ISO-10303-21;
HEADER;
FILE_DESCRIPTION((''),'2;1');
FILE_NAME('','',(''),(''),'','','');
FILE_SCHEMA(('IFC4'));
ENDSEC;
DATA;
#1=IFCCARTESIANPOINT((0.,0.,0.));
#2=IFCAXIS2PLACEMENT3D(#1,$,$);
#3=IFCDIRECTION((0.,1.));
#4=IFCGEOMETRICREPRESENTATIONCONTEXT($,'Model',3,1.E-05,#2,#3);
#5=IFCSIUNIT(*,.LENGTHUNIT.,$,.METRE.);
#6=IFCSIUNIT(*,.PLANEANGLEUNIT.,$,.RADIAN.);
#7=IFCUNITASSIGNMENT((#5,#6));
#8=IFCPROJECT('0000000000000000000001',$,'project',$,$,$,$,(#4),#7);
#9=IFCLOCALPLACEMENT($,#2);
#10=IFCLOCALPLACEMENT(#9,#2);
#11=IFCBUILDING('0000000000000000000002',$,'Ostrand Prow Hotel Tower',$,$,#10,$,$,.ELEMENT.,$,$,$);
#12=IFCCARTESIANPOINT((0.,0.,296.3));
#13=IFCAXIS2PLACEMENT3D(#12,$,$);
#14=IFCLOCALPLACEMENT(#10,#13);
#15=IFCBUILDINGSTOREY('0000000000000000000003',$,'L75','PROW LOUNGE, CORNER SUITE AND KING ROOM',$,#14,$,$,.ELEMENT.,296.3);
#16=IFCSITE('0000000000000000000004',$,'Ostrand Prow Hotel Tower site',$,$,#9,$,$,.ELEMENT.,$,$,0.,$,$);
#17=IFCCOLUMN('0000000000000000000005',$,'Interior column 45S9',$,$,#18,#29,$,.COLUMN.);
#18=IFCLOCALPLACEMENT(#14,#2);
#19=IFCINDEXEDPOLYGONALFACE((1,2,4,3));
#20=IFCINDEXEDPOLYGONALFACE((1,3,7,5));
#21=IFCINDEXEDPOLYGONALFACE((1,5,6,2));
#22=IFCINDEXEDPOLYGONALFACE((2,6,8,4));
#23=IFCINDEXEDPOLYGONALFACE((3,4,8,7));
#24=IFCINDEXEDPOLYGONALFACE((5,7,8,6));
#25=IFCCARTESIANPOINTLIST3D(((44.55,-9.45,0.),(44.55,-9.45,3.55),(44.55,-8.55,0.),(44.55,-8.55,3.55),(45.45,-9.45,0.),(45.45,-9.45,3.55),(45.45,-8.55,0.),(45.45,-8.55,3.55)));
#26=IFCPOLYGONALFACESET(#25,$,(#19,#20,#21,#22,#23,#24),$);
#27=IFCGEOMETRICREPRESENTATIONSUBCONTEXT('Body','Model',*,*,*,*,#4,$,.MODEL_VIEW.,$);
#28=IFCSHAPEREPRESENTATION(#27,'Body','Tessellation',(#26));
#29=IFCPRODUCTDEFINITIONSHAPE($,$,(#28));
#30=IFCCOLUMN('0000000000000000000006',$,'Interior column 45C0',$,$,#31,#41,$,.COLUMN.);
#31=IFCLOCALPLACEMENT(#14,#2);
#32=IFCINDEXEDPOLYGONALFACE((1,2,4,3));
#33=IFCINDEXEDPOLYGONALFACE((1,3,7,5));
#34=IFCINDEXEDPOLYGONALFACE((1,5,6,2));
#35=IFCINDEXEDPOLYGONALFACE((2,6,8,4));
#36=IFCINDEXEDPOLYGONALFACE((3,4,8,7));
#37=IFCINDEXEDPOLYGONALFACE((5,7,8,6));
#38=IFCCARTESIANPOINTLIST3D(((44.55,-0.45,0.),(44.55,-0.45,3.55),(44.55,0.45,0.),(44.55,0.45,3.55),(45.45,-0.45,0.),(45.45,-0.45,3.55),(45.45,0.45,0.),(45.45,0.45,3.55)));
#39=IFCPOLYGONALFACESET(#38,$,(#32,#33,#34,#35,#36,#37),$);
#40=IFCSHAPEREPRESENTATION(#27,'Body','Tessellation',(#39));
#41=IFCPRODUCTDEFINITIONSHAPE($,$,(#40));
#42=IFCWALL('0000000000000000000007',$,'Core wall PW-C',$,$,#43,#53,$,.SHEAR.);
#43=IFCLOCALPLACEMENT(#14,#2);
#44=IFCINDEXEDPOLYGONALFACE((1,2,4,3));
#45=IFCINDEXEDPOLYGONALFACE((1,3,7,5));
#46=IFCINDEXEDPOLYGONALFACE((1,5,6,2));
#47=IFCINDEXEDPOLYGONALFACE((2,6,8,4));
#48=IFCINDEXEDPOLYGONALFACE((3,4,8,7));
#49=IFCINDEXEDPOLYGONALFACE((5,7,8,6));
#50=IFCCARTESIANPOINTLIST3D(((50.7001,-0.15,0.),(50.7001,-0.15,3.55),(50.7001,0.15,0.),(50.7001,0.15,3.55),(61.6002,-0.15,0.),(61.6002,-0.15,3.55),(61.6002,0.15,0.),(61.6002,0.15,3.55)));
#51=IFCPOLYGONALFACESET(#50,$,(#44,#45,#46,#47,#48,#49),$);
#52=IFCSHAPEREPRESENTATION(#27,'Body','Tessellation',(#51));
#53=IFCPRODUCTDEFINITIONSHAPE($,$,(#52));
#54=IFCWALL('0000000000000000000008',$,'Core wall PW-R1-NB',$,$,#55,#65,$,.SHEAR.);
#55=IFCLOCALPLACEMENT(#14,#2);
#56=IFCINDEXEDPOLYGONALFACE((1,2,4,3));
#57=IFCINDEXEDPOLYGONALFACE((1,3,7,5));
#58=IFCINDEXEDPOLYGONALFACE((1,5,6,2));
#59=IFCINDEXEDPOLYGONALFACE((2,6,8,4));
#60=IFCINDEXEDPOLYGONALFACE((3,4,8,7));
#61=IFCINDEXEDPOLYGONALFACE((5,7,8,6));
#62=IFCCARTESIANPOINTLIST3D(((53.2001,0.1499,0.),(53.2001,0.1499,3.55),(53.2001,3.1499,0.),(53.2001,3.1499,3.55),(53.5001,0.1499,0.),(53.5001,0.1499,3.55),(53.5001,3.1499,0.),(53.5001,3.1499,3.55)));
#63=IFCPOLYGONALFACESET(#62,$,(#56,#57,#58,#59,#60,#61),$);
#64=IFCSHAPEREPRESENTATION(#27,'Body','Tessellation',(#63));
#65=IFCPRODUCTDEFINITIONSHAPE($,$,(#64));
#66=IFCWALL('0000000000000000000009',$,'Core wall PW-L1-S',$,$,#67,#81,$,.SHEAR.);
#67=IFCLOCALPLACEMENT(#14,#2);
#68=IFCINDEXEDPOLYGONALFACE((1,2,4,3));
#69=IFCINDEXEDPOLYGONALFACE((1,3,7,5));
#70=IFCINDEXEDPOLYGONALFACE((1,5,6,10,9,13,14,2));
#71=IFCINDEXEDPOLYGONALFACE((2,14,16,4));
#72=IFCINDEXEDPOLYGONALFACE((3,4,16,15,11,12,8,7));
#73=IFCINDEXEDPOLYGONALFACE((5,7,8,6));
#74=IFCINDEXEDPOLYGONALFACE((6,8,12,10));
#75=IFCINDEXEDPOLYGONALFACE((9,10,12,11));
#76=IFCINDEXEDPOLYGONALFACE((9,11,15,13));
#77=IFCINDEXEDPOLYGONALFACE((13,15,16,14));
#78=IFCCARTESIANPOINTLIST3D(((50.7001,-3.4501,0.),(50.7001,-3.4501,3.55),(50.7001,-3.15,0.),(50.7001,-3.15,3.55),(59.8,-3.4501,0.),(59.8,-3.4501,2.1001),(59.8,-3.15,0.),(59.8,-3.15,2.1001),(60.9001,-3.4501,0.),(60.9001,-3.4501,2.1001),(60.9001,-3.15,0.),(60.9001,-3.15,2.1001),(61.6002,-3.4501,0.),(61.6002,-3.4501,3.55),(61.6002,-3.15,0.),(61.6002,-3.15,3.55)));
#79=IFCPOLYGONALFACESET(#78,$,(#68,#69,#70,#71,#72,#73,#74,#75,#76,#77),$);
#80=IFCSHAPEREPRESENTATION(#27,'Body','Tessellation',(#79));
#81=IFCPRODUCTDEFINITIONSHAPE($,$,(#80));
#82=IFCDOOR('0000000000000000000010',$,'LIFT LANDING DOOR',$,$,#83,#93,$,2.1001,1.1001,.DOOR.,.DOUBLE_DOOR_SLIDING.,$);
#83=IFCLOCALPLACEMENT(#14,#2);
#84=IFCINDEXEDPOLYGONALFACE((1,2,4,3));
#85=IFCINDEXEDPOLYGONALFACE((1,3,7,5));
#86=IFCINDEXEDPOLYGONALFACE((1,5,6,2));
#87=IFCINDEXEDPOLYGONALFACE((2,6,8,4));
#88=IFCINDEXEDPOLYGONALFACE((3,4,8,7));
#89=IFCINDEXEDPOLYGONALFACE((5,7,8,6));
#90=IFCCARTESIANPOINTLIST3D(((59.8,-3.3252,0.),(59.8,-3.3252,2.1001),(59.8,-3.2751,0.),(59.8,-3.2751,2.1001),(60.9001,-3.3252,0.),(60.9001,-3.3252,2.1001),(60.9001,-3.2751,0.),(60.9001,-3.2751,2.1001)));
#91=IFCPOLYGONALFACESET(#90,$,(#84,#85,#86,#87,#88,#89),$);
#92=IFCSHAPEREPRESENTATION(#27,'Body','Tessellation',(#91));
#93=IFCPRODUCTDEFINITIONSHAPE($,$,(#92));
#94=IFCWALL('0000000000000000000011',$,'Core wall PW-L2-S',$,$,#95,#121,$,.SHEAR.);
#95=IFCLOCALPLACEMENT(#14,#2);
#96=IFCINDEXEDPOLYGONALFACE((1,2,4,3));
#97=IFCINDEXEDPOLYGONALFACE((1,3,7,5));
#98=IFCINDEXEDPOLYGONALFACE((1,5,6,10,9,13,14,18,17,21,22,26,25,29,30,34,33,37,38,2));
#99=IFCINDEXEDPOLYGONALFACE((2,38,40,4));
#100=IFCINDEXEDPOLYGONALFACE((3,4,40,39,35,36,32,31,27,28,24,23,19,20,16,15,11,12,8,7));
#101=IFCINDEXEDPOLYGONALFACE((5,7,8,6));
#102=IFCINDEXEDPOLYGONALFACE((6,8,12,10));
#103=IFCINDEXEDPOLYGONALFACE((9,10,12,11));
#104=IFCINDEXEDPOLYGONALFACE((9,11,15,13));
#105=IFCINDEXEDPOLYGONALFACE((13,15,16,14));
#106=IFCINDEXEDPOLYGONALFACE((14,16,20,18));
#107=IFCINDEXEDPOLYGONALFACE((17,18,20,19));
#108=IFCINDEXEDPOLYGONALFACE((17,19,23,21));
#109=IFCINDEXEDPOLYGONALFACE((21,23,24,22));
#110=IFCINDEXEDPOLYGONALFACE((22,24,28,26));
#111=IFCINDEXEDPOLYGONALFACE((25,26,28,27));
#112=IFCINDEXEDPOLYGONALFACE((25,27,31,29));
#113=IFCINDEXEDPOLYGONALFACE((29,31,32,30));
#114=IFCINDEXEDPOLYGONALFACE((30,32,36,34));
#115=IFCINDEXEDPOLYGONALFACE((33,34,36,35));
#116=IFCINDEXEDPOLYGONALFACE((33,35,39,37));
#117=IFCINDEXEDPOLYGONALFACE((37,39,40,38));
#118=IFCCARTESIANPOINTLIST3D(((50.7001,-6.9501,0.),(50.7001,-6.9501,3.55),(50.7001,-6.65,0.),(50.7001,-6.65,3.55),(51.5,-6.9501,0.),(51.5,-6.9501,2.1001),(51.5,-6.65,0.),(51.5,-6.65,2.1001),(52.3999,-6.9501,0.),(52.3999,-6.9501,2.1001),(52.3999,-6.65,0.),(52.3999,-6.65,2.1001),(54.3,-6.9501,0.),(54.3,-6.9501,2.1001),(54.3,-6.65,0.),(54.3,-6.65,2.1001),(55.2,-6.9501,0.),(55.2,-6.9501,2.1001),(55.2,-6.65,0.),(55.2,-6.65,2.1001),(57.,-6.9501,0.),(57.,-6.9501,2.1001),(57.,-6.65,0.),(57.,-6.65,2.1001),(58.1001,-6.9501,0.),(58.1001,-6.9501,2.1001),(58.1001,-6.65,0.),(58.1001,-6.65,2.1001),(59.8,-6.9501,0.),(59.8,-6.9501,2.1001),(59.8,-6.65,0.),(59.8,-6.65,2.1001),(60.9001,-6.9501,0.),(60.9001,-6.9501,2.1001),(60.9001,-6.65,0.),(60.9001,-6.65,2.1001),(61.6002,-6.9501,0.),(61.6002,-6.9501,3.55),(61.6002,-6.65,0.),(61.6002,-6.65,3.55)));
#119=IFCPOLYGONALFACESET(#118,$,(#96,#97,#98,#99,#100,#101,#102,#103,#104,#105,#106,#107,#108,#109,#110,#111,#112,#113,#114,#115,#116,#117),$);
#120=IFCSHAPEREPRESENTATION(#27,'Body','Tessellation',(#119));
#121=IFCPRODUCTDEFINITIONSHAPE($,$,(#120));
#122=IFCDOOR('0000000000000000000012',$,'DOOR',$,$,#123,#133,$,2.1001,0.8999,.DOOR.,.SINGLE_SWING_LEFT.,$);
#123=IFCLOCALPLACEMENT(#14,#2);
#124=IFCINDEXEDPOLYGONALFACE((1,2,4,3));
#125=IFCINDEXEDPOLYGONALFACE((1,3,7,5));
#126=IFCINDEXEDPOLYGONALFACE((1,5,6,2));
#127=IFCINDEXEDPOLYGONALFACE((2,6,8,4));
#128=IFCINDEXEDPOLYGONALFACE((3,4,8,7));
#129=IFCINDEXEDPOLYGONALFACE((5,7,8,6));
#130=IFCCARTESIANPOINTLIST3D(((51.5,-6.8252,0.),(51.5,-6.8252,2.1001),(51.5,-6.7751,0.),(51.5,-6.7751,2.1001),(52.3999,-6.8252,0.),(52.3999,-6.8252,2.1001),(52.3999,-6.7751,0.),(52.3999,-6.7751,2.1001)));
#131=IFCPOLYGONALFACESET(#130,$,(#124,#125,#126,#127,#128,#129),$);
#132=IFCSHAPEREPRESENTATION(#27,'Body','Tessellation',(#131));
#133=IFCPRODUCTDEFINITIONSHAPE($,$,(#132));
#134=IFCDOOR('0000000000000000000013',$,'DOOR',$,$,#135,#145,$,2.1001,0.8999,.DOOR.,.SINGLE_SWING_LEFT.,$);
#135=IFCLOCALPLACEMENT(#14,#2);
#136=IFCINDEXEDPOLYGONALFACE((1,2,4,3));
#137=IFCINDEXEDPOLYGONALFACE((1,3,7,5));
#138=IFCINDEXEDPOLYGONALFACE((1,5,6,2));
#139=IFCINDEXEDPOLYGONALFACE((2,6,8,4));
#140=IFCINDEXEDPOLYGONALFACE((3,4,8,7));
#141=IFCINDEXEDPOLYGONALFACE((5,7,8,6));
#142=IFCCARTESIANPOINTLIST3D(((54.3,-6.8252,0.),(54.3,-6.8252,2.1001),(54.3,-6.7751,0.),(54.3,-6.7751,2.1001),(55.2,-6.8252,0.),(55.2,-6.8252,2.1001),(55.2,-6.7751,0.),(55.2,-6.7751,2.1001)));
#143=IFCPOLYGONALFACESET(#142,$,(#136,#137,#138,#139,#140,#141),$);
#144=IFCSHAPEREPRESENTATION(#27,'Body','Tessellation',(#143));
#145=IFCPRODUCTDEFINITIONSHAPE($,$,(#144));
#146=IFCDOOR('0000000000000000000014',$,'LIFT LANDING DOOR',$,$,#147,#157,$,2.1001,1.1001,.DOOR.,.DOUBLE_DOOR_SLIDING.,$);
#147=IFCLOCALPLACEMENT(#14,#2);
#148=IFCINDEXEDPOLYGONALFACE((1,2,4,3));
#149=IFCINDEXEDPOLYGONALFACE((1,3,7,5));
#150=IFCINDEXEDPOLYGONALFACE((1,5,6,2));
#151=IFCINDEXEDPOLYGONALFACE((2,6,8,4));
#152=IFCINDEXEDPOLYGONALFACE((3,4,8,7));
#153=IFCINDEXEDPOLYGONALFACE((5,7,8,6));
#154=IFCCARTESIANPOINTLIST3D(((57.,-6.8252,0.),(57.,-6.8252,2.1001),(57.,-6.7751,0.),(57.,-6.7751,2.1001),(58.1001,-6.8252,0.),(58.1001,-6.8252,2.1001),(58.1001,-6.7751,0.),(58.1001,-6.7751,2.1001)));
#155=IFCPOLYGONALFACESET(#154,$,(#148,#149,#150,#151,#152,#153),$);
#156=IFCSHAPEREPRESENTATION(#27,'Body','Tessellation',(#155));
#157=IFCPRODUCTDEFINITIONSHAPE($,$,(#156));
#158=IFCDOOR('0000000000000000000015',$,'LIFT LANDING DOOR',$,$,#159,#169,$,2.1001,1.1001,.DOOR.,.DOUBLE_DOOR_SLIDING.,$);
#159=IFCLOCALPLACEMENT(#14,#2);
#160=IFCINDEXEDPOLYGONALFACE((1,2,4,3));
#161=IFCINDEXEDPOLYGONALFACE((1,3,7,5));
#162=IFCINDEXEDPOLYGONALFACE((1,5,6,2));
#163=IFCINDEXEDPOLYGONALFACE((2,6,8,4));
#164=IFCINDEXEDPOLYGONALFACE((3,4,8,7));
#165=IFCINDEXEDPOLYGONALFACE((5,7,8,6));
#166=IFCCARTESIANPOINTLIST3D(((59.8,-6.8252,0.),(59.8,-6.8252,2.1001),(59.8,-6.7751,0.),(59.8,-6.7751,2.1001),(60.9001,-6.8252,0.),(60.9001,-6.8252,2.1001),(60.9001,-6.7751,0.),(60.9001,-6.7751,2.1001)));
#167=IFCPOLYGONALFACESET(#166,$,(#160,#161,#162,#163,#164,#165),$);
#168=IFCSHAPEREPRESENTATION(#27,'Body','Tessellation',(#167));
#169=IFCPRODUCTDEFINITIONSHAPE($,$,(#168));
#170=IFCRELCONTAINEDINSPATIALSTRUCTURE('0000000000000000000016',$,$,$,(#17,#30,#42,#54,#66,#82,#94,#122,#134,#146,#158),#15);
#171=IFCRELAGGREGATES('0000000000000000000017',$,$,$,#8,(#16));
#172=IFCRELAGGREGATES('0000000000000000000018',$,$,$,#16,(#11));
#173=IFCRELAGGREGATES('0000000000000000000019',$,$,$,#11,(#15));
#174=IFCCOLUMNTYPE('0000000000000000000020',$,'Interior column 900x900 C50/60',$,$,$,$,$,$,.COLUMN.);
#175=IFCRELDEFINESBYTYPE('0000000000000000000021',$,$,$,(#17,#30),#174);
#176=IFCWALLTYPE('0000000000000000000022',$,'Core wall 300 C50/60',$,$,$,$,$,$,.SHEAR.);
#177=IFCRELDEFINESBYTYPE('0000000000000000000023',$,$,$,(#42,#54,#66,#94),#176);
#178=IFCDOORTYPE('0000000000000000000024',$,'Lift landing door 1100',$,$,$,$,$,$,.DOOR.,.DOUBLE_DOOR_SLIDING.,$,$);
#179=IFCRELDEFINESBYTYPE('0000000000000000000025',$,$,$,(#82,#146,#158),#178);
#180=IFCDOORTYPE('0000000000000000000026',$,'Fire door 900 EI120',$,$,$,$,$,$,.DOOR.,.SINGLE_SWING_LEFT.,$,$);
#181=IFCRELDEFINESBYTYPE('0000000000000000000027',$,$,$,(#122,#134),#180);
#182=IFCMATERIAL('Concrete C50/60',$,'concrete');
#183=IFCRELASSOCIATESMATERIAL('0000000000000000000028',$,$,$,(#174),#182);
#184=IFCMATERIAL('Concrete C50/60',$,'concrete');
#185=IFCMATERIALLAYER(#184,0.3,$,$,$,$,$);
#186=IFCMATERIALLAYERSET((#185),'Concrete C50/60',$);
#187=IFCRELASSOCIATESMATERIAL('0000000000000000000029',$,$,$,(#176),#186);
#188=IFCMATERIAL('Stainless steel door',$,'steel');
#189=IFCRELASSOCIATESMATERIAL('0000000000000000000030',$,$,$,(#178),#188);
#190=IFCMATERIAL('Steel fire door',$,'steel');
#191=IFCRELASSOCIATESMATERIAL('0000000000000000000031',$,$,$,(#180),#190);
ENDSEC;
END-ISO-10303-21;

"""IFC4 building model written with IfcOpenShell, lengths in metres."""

from ifc_helpers import new_model, si_unit, direction, frame, frame_2d, origin, origin_2d, place, context, subcontext, project, spatial, rectangle, extrude, material, layer, layer_set, material_profile, profile_set, type_object, element, fill, save


model = new_model("IFC4")

# Units and contexts
model_context = context("Model", 3, precision=1e-05, world=origin(), true_north=direction((0.0, 1.0)))
body_context = subcontext(model_context, "Body", "Model", "MODEL_VIEW")
ifc_project = project(units=[si_unit("LENGTHUNIT", "METRE"), si_unit("PLANEANGLEUNIT", "RADIAN")], contexts=[model_context])

# Site, building, storey
site_placement = place(None, origin())
site = spatial("IfcSite", under=ifc_project, at=site_placement, Name="Ostrand Prow Hotel Tower site", CompositionType="ELEMENT", RefElevation=0.0)
building_placement = place(site_placement, origin())
building = spatial("IfcBuilding", under=site, at=building_placement, Name="Ostrand Prow Hotel Tower", CompositionType="ELEMENT")
storey_placement = place(building_placement, frame((0.0, 0.0, 296.3)))
storey = spatial("IfcBuildingStorey", under=building, at=storey_placement, Name="L75", Description="PROW LOUNGE, CORNER SUITE AND KING ROOM", CompositionType="ELEMENT", Elevation=296.3)

# Columns
ifc_material_1 = material(Name="Concrete C50/60", Category="concrete")
ifc_material_profile = material_profile(ifc_material_1, rectangle(XDim=0.8999, YDim=0.8999, at=origin_2d()), Name="RC 900x900")
ifc_profile_set = profile_set([ifc_material_profile], Name="Concrete C50/60")
column_type = type_object("IfcColumnType", Name="Interior column 900x900 C50/60", PredefinedType="COLUMN", material=ifc_profile_set)
for number, where, z_axis, x_axis, name in (
    (1, (45.0, -9.0, 0.0), (0.0, 0.0, 1.0), (1.0, 0.0, 0.0), "Interior column 45S9"),
    (2, (45.0, 0.0, 0.0), (0.0, 0.0, 1.0), (1.0, 0.0, 0.0), "Interior column 45C0"),
):
    element("IfcColumn", number, at=place(storey_placement, frame(where, z_axis=z_axis, x_axis=x_axis)), inside=storey, type_object=column_type, Name=name, PredefinedType="COLUMN", context=body_context, shape_type="SweptSolid", body=[
        extrude(rectangle(XDim=0.8999, YDim=0.8999, at=origin_2d()), origin(), (0.0, 0.0, 1.0), 3.55),
    ])

# Walls
ifc_material_2 = material(Name="Concrete C50/60", Category="concrete")
ifc_layer_1 = layer(ifc_material_2, 0.3)
ifc_layer_set_1 = layer_set([ifc_layer_1], Name="Concrete C50/60")
wall_type_1 = type_object("IfcWallType", Name="Core wall 300 C50/60", PredefinedType="SHEAR", material=ifc_layer_set_1)
wall_1_placement = place(storey_placement, frame((50.7, 0.0, 0.0), z_axis=(0.0, 0.0, 1.0), x_axis=(1.0, 0.0, 0.0)))
element("IfcWall", 3, at=wall_1_placement, inside=storey, type_object=wall_type_1, Name="Core wall PW-C", PredefinedType="SHEAR", context=body_context, shape_type="SweptSolid", body=[
    extrude(rectangle(XDim=10.9001, YDim=0.3, at=frame_2d((5.4502, 0.0))), origin(), (0.0, 0.0, 1.0), 3.55),
])
wall_2_placement = place(storey_placement, frame((53.3501, 0.1499, 0.0), z_axis=(0.0, 0.0, 1.0), x_axis=(0.0, 1.0, 0.0)))
element("IfcWall", 4, at=wall_2_placement, inside=storey, type_object=wall_type_1, Name="Core wall PW-R1-NB", PredefinedType="SHEAR", context=body_context, shape_type="SweptSolid", body=[
    extrude(rectangle(XDim=3.0, YDim=0.3, at=frame_2d((1.5, 0.0))), origin(), (0.0, 0.0, 1.0), 3.55),
])

# Wall, opening, door
wall_3_placement = place(storey_placement, frame((50.7, -3.3, 0.0), z_axis=(0.0, 0.0, 1.0), x_axis=(1.0, 0.0, 0.0)))
wall_3 = element("IfcWall", 5, at=wall_3_placement, inside=storey, type_object=wall_type_1, Name="Core wall PW-L1-S", PredefinedType="SHEAR", context=body_context, shape_type="SweptSolid", body=[
    extrude(rectangle(XDim=10.9001, YDim=0.3, at=frame_2d((5.4502, 0.0))), origin(), (0.0, 0.0, 1.0), 3.55),
])
opening_1_placement = place(wall_3_placement, frame((9.1001, 0.0, 0.0)))
opening_1 = element("IfcOpeningElement", 6, at=opening_1_placement, cuts=wall_3, PredefinedType="OPENING", context=body_context, shape_type="SweptSolid", body=[
    extrude(rectangle(XDim=1.1001, YDim=2.1001, at=frame_2d((0.55, 1.05))), frame((0.0, 0.1599, 0.0), z_axis=(0.0, -1.0, 0.0), x_axis=(1.0, 0.0, 0.0)), (0.0, 0.0, 1.0), 0.3201),
])
ifc_material_3 = material(Name="Stainless steel door", Category="steel")
door_type_1 = type_object("IfcDoorType", Name="Lift landing door 1100", OperationType="DOUBLE_DOOR_SLIDING", PredefinedType="DOOR", material=ifc_material_3)
door_1_placement = place(opening_1_placement, origin())
door_1 = element("IfcDoor", 7, at=door_1_placement, inside=storey, type_object=door_type_1, Name="LIFT LANDING DOOR", OperationType="DOUBLE_DOOR_SLIDING", OverallHeight=2.1001, OverallWidth=1.1001, PredefinedType="DOOR", context=body_context, shape_type="SweptSolid", body=[
    extrude(rectangle(XDim=1.1001, YDim=2.1001, at=frame_2d((0.55, 1.05))), frame((0.0, 0.0249, 0.0), z_axis=(0.0, -1.0, 0.0), x_axis=(1.0, 0.0, 0.0)), (0.0, 0.0, 1.0), 0.05),
])
fill(opening_1, door_1)

# Wall, openings, doors
wall_4_placement = place(storey_placement, frame((50.7, -6.8, 0.0), z_axis=(0.0, 0.0, 1.0), x_axis=(1.0, 0.0, 0.0)))
wall_4 = element("IfcWall", 8, at=wall_4_placement, inside=storey, type_object=wall_type_1, Name="Core wall PW-L2-S", PredefinedType="SHEAR", context=body_context, shape_type="SweptSolid", body=[
    extrude(rectangle(XDim=10.9001, YDim=0.3, at=frame_2d((5.4502, 0.0))), origin(), (0.0, 0.0, 1.0), 3.55),
])
opening_2_placement = place(wall_4_placement, frame((6.3, 0.0, 0.0)))
opening_2 = element("IfcOpeningElement", 9, at=opening_2_placement, cuts=wall_4, PredefinedType="OPENING", context=body_context, shape_type="SweptSolid", body=[
    extrude(rectangle(XDim=1.1001, YDim=2.1001, at=frame_2d((0.55, 1.05))), frame((0.0, 0.1599, 0.0), z_axis=(0.0, -1.0, 0.0), x_axis=(1.0, 0.0, 0.0)), (0.0, 0.0, 1.0), 0.3201),
])
opening_3_placement = place(wall_4_placement, frame((9.1001, 0.0, 0.0)))
opening_3 = element("IfcOpeningElement", 10, at=opening_3_placement, cuts=wall_4, PredefinedType="OPENING", context=body_context, shape_type="SweptSolid", body=[
    extrude(rectangle(XDim=1.1001, YDim=2.1001, at=frame_2d((0.55, 1.05))), frame((0.0, 0.1599, 0.0), z_axis=(0.0, -1.0, 0.0), x_axis=(1.0, 0.0, 0.0)), (0.0, 0.0, 1.0), 0.3201),
])
opening_4_placement = place(wall_4_placement, frame((0.8, 0.0, 0.0)))
opening_4 = element("IfcOpeningElement", 11, at=opening_4_placement, cuts=wall_4, PredefinedType="OPENING", context=body_context, shape_type="SweptSolid", body=[
    extrude(rectangle(XDim=0.8999, YDim=2.1001, at=frame_2d((0.45, 1.05))), frame((0.0, 0.1599, 0.0), z_axis=(0.0, -1.0, 0.0), x_axis=(1.0, 0.0, 0.0)), (0.0, 0.0, 1.0), 0.3201),
])
opening_5_placement = place(wall_4_placement, frame((3.6001, 0.0, 0.0)))
opening_5 = element("IfcOpeningElement", 12, at=opening_5_placement, cuts=wall_4, PredefinedType="OPENING", context=body_context, shape_type="SweptSolid", body=[
    extrude(rectangle(XDim=0.8999, YDim=2.1001, at=frame_2d((0.45, 1.05))), frame((0.0, 0.1599, 0.0), z_axis=(0.0, -1.0, 0.0), x_axis=(1.0, 0.0, 0.0)), (0.0, 0.0, 1.0), 0.3201),
])
ifc_material_4 = material(Name="Steel fire door", Category="steel")
door_type_2 = type_object("IfcDoorType", Name="Fire door 900 EI120", OperationType="SINGLE_SWING_LEFT", PredefinedType="DOOR", material=ifc_material_4)
door_2_placement = place(opening_4_placement, origin())
door_2 = element("IfcDoor", 13, at=door_2_placement, inside=storey, type_object=door_type_2, Name="DOOR", OperationType="SINGLE_SWING_LEFT", OverallHeight=2.1001, OverallWidth=0.8999, PredefinedType="DOOR", context=body_context, shape_type="SweptSolid", body=[
    extrude(rectangle(XDim=0.8999, YDim=2.1001, at=frame_2d((0.45, 1.05))), frame((0.0, 0.0249, 0.0), z_axis=(0.0, -1.0, 0.0), x_axis=(1.0, 0.0, 0.0)), (0.0, 0.0, 1.0), 0.05),
])
fill(opening_4, door_2)
door_3_placement = place(opening_5_placement, origin())
door_3 = element("IfcDoor", 14, at=door_3_placement, inside=storey, type_object=door_type_2, Name="DOOR", OperationType="SINGLE_SWING_LEFT", OverallHeight=2.1001, OverallWidth=0.8999, PredefinedType="DOOR", context=body_context, shape_type="SweptSolid", body=[
    extrude(rectangle(XDim=0.8999, YDim=2.1001, at=frame_2d((0.45, 1.05))), frame((0.0, 0.0249, 0.0), z_axis=(0.0, -1.0, 0.0), x_axis=(1.0, 0.0, 0.0)), (0.0, 0.0, 1.0), 0.05),
])
fill(opening_5, door_3)
door_4_placement = place(opening_2_placement, origin())
door_4 = element("IfcDoor", 15, at=door_4_placement, inside=storey, type_object=door_type_1, Name="LIFT LANDING DOOR", OperationType="DOUBLE_DOOR_SLIDING", OverallHeight=2.1001, OverallWidth=1.1001, PredefinedType="DOOR", context=body_context, shape_type="SweptSolid", body=[
    extrude(rectangle(XDim=1.1001, YDim=2.1001, at=frame_2d((0.55, 1.05))), frame((0.0, 0.0249, 0.0), z_axis=(0.0, -1.0, 0.0), x_axis=(1.0, 0.0, 0.0)), (0.0, 0.0, 1.0), 0.05),
])
fill(opening_2, door_4)
door_5_placement = place(opening_3_placement, origin())
door_5 = element("IfcDoor", 16, at=door_5_placement, inside=storey, type_object=door_type_1, Name="LIFT LANDING DOOR", OperationType="DOUBLE_DOOR_SLIDING", OverallHeight=2.1001, OverallWidth=1.1001, PredefinedType="DOOR", context=body_context, shape_type="SweptSolid", body=[
    extrude(rectangle(XDim=1.1001, YDim=2.1001, at=frame_2d((0.55, 1.05))), frame((0.0, 0.0249, 0.0), z_axis=(0.0, -1.0, 0.0), x_axis=(1.0, 0.0, 0.0)), (0.0, 0.0, 1.0), 0.05),
])
fill(opening_3, door_5)

save(model, "model.ifc")
